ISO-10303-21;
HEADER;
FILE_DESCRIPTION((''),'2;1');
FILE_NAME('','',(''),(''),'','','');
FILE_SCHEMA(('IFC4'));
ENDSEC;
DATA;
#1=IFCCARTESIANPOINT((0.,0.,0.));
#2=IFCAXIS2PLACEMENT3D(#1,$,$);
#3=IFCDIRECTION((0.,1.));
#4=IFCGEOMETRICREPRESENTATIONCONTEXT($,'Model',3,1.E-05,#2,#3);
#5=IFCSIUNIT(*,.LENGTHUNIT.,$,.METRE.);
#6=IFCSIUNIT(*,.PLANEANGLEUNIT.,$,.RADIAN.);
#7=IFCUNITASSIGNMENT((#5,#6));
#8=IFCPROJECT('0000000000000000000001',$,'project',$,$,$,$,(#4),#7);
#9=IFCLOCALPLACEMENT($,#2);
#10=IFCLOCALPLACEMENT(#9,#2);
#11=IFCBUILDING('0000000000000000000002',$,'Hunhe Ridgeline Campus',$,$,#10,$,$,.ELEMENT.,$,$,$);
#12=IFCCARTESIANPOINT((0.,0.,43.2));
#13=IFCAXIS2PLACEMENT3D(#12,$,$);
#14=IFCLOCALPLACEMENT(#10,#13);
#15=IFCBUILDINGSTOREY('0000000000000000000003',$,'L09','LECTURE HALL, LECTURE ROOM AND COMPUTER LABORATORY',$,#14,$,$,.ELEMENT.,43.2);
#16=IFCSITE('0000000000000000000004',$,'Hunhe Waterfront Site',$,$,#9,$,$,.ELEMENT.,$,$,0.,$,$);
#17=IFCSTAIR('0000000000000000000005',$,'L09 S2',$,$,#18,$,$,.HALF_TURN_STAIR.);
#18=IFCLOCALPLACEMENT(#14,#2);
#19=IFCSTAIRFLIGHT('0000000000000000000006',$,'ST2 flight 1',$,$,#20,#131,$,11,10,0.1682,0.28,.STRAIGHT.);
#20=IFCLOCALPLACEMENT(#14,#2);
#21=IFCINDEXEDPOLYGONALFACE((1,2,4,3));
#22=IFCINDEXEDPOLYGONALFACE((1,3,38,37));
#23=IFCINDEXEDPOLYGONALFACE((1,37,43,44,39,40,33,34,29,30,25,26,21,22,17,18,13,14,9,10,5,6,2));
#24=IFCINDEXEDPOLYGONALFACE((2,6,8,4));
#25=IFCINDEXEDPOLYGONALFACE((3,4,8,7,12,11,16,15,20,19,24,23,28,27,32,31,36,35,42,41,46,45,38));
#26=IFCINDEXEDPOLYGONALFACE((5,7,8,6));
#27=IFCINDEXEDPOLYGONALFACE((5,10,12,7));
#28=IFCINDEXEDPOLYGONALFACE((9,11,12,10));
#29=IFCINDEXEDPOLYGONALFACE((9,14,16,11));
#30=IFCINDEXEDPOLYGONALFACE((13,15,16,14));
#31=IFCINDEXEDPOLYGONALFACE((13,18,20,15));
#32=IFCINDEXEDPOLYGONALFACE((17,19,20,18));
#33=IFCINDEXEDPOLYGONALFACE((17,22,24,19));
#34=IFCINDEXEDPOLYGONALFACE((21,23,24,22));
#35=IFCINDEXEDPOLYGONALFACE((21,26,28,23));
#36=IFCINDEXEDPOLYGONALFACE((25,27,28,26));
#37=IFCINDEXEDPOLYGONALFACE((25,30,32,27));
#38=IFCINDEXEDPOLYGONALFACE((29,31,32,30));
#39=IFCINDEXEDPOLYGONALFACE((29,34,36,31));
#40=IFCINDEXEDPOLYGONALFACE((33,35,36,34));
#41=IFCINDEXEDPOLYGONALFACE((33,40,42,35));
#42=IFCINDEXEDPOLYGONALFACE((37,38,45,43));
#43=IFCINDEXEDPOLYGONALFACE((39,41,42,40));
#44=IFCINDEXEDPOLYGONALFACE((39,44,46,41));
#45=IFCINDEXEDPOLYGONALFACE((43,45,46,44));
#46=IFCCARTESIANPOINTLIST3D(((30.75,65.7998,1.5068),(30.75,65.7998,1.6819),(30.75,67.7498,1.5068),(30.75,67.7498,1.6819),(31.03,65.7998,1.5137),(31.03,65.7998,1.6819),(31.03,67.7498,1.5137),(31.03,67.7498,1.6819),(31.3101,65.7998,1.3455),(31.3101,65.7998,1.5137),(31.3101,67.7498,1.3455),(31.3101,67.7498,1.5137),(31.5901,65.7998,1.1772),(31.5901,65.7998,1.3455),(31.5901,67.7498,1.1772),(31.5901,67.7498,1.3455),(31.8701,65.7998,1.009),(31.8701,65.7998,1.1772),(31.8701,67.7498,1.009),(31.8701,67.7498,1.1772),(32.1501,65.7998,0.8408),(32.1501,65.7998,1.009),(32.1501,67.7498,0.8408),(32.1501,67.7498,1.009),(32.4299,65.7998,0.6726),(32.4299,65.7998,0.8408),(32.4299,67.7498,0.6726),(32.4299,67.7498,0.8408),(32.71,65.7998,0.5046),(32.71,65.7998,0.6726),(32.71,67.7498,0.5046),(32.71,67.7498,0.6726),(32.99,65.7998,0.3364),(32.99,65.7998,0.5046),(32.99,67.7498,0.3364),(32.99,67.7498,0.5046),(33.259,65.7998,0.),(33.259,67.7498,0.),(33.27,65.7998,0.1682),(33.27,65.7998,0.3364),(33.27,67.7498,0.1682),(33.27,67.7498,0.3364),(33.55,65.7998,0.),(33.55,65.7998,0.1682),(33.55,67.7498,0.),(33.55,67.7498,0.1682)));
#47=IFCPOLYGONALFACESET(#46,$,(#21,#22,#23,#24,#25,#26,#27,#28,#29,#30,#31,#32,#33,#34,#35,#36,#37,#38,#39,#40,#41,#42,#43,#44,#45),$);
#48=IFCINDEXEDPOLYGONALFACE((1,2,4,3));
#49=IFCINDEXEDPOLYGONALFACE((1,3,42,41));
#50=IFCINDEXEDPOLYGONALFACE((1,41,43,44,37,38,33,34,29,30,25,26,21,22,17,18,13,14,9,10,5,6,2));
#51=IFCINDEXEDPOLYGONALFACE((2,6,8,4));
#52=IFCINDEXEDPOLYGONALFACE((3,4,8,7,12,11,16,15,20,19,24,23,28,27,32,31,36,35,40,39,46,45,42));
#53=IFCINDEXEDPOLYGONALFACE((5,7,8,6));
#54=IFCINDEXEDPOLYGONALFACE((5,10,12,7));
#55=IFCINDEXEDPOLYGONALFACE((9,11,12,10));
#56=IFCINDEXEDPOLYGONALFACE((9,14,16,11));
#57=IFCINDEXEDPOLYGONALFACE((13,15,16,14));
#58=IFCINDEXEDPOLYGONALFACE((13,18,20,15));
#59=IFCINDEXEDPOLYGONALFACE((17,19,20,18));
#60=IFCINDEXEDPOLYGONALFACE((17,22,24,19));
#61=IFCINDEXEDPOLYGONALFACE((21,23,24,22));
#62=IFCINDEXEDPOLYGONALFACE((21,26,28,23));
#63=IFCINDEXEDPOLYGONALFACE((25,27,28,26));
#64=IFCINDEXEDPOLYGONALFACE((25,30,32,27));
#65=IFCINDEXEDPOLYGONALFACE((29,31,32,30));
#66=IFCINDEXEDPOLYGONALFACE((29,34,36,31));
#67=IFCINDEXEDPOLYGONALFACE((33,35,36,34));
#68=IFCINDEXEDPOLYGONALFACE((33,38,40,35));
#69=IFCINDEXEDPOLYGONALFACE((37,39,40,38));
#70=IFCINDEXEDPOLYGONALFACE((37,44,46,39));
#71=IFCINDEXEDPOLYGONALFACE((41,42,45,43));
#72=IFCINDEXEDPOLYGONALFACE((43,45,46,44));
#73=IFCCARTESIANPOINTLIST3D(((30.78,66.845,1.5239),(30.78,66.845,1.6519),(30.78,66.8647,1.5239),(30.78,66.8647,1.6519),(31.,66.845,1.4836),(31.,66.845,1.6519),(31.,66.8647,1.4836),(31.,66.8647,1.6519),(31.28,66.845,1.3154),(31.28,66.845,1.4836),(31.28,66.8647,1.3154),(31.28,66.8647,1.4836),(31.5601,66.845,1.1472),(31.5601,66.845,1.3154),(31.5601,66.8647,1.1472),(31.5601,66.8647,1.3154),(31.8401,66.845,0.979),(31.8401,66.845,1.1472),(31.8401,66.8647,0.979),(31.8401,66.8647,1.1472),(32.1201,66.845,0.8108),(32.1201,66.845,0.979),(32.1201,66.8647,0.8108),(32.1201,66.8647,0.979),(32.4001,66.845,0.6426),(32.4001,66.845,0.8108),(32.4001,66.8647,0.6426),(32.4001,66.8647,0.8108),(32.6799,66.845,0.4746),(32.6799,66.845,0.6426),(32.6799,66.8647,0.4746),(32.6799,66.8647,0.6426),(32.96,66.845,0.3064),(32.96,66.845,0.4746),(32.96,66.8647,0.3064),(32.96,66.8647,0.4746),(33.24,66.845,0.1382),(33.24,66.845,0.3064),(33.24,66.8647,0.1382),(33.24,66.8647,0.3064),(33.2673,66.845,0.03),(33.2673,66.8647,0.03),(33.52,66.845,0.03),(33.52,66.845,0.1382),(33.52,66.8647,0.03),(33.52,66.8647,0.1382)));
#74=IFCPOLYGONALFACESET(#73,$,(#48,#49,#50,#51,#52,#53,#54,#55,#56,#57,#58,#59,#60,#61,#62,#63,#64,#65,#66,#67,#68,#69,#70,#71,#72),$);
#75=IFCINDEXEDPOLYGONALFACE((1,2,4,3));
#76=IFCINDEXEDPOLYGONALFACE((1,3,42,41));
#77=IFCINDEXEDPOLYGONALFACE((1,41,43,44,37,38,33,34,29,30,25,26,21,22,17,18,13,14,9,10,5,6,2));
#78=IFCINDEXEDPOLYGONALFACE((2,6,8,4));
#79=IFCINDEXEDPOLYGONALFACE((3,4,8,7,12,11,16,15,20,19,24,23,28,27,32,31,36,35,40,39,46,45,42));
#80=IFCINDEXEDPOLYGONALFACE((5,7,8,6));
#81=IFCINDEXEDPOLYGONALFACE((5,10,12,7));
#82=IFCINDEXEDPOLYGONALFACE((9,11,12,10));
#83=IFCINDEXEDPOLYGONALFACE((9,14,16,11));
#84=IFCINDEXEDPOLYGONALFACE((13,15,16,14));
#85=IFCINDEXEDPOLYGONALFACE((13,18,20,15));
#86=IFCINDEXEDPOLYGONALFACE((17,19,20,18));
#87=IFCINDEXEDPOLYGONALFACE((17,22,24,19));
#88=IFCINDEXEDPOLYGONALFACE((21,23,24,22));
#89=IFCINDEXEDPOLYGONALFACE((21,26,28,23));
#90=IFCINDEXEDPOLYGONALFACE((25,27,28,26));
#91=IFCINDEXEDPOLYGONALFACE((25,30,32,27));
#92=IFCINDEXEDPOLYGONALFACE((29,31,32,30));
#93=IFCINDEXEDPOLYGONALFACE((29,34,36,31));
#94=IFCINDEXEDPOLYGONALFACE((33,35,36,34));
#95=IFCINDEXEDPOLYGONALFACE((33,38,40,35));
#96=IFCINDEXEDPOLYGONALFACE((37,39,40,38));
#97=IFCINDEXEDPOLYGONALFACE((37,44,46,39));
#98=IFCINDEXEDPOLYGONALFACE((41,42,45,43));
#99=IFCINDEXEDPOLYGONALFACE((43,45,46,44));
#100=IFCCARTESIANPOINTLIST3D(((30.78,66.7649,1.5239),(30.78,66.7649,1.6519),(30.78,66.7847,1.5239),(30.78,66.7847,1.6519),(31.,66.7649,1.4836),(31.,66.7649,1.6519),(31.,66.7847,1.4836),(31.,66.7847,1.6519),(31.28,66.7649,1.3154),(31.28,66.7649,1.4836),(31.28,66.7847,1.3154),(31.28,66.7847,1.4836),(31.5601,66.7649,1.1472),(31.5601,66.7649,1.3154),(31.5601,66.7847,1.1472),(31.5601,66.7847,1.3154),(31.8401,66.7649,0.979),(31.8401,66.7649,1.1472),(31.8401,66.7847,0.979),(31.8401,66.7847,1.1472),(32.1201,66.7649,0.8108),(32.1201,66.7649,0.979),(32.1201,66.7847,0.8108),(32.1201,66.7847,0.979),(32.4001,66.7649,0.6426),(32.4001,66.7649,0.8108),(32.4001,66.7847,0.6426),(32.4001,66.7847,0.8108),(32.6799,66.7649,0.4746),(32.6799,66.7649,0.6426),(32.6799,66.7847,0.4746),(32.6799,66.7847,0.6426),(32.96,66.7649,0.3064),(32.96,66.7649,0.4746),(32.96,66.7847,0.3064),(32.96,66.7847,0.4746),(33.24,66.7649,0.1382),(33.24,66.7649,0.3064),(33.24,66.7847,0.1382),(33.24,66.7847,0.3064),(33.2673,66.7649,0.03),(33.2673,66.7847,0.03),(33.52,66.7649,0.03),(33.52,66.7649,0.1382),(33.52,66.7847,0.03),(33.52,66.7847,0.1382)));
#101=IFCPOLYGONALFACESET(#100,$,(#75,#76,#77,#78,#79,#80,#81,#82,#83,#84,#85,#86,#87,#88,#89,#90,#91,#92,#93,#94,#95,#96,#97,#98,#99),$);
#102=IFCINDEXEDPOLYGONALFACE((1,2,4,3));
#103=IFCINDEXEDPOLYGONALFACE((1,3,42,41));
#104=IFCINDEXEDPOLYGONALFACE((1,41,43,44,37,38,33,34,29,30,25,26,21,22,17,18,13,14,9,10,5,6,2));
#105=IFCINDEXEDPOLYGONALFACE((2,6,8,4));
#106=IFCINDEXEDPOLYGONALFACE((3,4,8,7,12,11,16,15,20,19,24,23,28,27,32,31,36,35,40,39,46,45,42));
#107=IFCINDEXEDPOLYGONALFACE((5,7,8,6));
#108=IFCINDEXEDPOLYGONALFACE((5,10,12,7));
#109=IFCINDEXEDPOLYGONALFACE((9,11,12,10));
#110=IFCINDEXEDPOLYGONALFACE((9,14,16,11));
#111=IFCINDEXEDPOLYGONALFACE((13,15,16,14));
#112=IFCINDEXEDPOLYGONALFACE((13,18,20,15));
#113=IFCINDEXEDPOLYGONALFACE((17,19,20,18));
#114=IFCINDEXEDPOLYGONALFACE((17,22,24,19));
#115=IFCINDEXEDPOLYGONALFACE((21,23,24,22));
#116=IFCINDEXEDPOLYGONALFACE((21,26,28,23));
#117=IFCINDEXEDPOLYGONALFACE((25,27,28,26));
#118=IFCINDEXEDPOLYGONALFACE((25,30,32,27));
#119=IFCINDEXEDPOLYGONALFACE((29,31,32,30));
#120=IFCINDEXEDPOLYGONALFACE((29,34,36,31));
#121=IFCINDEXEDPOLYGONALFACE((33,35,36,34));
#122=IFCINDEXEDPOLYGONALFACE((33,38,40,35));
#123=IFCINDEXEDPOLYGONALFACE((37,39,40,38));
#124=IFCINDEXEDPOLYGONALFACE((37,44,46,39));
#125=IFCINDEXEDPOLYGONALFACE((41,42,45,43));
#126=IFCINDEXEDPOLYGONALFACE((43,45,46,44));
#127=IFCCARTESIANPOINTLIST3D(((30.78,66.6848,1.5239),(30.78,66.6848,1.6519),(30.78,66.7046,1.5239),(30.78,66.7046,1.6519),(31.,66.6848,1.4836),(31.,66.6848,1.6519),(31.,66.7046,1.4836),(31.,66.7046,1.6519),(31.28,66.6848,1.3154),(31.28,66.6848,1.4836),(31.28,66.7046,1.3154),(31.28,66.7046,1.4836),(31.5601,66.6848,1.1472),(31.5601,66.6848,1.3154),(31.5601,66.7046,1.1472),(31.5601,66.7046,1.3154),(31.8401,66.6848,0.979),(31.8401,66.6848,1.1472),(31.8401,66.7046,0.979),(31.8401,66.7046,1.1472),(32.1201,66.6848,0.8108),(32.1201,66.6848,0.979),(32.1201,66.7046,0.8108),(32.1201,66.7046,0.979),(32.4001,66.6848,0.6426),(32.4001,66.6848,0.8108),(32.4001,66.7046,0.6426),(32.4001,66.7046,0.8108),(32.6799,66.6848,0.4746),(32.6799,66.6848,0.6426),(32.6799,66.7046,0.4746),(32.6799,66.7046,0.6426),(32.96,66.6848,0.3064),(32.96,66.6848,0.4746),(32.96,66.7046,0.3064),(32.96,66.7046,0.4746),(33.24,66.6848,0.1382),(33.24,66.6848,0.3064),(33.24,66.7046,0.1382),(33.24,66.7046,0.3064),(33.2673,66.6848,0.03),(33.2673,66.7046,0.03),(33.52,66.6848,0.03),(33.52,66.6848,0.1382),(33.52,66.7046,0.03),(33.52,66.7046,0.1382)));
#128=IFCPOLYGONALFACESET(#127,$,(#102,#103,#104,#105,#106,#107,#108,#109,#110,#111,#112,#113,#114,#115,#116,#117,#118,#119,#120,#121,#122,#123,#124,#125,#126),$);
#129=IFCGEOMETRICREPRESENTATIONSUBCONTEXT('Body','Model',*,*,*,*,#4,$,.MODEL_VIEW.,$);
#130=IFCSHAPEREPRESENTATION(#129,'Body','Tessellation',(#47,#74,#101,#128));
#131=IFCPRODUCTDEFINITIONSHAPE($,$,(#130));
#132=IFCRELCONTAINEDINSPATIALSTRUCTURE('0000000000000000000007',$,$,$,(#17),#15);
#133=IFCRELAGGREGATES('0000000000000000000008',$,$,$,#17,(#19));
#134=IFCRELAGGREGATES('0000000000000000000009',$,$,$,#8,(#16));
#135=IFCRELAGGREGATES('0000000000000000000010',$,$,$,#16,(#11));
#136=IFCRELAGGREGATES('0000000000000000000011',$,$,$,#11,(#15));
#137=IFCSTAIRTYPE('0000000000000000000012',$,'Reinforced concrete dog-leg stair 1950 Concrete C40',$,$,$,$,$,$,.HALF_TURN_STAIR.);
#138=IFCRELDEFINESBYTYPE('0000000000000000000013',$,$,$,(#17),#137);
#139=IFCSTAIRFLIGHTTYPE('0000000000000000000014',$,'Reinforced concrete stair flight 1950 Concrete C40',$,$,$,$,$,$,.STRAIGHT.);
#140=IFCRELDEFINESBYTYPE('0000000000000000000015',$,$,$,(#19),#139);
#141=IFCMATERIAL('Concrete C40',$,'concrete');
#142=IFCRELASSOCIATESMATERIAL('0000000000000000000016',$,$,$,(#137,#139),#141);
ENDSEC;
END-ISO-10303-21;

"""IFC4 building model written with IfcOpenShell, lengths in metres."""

from ifc_helpers import new_model, si_unit, direction, frame, origin, place, context, subcontext, project, spatial, polyline, outline, extrude, material, type_object, element, aggregate, save


model = new_model("IFC4")

# Units and contexts
model_context = context("Model", 3, precision=1e-05, world=origin(), true_north=direction((0.0, 1.0)))
body_context = subcontext(model_context, "Body", "Model", "MODEL_VIEW")
ifc_project = project(units=[si_unit("LENGTHUNIT", "METRE"), si_unit("PLANEANGLEUNIT", "RADIAN")], contexts=[model_context])

# Site, building, storey
site_placement = place(None, origin())
site = spatial("IfcSite", under=ifc_project, at=site_placement, Name="Hunhe Waterfront Site", CompositionType="ELEMENT", RefElevation=0.0)
building_placement = place(site_placement, origin())
building = spatial("IfcBuilding", under=site, at=building_placement, Name="Hunhe Ridgeline Campus", CompositionType="ELEMENT")
storey_placement = place(building_placement, frame((0.0, 0.0, 43.2)))
storey = spatial("IfcBuildingStorey", under=building, at=storey_placement, Name="L09", Description="LECTURE HALL, LECTURE ROOM AND COMPUTER LABORATORY", CompositionType="ELEMENT", Elevation=43.2)

# Shared definitions
ifc_material_1 = material(Name="Concrete C40", Category="concrete")
stair_type = type_object("IfcStairType", Name="Reinforced concrete dog-leg stair 1950 Concrete C40", PredefinedType="HALF_TURN_STAIR", material=ifc_material_1)
stair_flight_type = type_object("IfcStairFlightType", Name="Reinforced concrete stair flight 1950 Concrete C40", PredefinedType="STRAIGHT", material=ifc_material_1)

# Stair, stair flight
stair_1_placement = place(storey_placement, origin())
stair_1 = element("IfcStair", 1, at=stair_1_placement, inside=storey, type_object=stair_type, Name="L09 S2", PredefinedType="HALF_TURN_STAIR")
stair_flight_1_placement = place(storey_placement, frame((33.55, 66.7749, 0.0), z_axis=(0.0, 0.0, 1.0), x_axis=(-1.0, 0.0, 0.0)))
stair_flight_1 = element("IfcStairFlight", 2, at=stair_flight_1_placement, type_object=stair_flight_type, Name="ST2 flight 1", NumberOfRisers=11, NumberOfTreads=10, PredefinedType="STRAIGHT", RiserHeight=0.1682, TreadLength=0.28, context=body_context, shape_type="SweptSolid", body=[
    extrude(outline(polyline([(0.0, 0.0), (0.0, 0.1682), (0.28, 0.1682), (0.28, 0.3364), (0.5601, 0.3364), (0.5601, 0.5046), (0.8401, 0.5046), (0.8401, 0.6726), (1.1201, 0.6726), (1.1201, 0.8408), (1.3999, 0.8408), (1.3999, 1.009), (1.6799, 1.009), (1.6799, 1.1772), (1.96, 1.1772), (1.96, 1.3455), (2.24, 1.3455), (2.24, 1.5137), (2.52, 1.5137), (2.52, 1.6819), (2.8, 1.6819), (2.8, 1.8501), (2.8, 1.5068), (0.291, 0.0), (0.0, 0.0)])), frame((0.0, 0.9751, 0.0), z_axis=(0.0, -1.0, 0.0), x_axis=(1.0, 0.0, 0.0)), (0.0, 0.0, 1.0), 1.95),
    extrude(outline(polyline([(0.03, 0.03), (0.03, 0.1382), (0.3101, 0.1382), (0.3101, 0.3064), (0.5901, 0.3064), (0.5901, 0.4746), (0.8701, 0.4746), (0.8701, 0.6426), (1.1499, 0.6426), (1.1499, 0.8108), (1.4299, 0.8108), (1.4299, 0.979), (1.71, 0.979), (1.71, 1.1472), (1.99, 1.1472), (1.99, 1.3154), (2.27, 1.3154), (2.27, 1.4836), (2.55, 1.4836), (2.55, 1.6519), (2.77, 1.6519), (2.77, 1.5239), (0.2827, 0.03), (0.03, 0.03)])), frame((0.0, -0.0701, 0.0), z_axis=(0.0, -1.0, 0.0), x_axis=(1.0, 0.0, 0.0)), (0.0, 0.0, 1.0), 0.0198),
    extrude(outline(polyline([(0.03, 0.03), (0.03, 0.1382), (0.3101, 0.1382), (0.3101, 0.3064), (0.5901, 0.3064), (0.5901, 0.4746), (0.8701, 0.4746), (0.8701, 0.6426), (1.1499, 0.6426), (1.1499, 0.8108), (1.4299, 0.8108), (1.4299, 0.979), (1.71, 0.979), (1.71, 1.1472), (1.99, 1.1472), (1.99, 1.3154), (2.27, 1.3154), (2.27, 1.4836), (2.55, 1.4836), (2.55, 1.6519), (2.77, 1.6519), (2.77, 1.5239), (0.2827, 0.03), (0.03, 0.03)])), frame((0.0, 0.01, 0.0), z_axis=(0.0, -1.0, 0.0), x_axis=(1.0, 0.0, 0.0)), (0.0, 0.0, 1.0), 0.0198),
    extrude(outline(polyline([(0.03, 0.03), (0.03, 0.1382), (0.3101, 0.1382), (0.3101, 0.3064), (0.5901, 0.3064), (0.5901, 0.4746), (0.8701, 0.4746), (0.8701, 0.6426), (1.1499, 0.6426), (1.1499, 0.8108), (1.4299, 0.8108), (1.4299, 0.979), (1.71, 0.979), (1.71, 1.1472), (1.99, 1.1472), (1.99, 1.3154), (2.27, 1.3154), (2.27, 1.4836), (2.55, 1.4836), (2.55, 1.6519), (2.77, 1.6519), (2.77, 1.5239), (0.2827, 0.03), (0.03, 0.03)])), frame((0.0, 0.0901, 0.0), z_axis=(0.0, -1.0, 0.0), x_axis=(1.0, 0.0, 0.0)), (0.0, 0.0, 1.0), 0.0198),
])
aggregate(stair_1, [stair_flight_1])

save(model, "model.ifc")
